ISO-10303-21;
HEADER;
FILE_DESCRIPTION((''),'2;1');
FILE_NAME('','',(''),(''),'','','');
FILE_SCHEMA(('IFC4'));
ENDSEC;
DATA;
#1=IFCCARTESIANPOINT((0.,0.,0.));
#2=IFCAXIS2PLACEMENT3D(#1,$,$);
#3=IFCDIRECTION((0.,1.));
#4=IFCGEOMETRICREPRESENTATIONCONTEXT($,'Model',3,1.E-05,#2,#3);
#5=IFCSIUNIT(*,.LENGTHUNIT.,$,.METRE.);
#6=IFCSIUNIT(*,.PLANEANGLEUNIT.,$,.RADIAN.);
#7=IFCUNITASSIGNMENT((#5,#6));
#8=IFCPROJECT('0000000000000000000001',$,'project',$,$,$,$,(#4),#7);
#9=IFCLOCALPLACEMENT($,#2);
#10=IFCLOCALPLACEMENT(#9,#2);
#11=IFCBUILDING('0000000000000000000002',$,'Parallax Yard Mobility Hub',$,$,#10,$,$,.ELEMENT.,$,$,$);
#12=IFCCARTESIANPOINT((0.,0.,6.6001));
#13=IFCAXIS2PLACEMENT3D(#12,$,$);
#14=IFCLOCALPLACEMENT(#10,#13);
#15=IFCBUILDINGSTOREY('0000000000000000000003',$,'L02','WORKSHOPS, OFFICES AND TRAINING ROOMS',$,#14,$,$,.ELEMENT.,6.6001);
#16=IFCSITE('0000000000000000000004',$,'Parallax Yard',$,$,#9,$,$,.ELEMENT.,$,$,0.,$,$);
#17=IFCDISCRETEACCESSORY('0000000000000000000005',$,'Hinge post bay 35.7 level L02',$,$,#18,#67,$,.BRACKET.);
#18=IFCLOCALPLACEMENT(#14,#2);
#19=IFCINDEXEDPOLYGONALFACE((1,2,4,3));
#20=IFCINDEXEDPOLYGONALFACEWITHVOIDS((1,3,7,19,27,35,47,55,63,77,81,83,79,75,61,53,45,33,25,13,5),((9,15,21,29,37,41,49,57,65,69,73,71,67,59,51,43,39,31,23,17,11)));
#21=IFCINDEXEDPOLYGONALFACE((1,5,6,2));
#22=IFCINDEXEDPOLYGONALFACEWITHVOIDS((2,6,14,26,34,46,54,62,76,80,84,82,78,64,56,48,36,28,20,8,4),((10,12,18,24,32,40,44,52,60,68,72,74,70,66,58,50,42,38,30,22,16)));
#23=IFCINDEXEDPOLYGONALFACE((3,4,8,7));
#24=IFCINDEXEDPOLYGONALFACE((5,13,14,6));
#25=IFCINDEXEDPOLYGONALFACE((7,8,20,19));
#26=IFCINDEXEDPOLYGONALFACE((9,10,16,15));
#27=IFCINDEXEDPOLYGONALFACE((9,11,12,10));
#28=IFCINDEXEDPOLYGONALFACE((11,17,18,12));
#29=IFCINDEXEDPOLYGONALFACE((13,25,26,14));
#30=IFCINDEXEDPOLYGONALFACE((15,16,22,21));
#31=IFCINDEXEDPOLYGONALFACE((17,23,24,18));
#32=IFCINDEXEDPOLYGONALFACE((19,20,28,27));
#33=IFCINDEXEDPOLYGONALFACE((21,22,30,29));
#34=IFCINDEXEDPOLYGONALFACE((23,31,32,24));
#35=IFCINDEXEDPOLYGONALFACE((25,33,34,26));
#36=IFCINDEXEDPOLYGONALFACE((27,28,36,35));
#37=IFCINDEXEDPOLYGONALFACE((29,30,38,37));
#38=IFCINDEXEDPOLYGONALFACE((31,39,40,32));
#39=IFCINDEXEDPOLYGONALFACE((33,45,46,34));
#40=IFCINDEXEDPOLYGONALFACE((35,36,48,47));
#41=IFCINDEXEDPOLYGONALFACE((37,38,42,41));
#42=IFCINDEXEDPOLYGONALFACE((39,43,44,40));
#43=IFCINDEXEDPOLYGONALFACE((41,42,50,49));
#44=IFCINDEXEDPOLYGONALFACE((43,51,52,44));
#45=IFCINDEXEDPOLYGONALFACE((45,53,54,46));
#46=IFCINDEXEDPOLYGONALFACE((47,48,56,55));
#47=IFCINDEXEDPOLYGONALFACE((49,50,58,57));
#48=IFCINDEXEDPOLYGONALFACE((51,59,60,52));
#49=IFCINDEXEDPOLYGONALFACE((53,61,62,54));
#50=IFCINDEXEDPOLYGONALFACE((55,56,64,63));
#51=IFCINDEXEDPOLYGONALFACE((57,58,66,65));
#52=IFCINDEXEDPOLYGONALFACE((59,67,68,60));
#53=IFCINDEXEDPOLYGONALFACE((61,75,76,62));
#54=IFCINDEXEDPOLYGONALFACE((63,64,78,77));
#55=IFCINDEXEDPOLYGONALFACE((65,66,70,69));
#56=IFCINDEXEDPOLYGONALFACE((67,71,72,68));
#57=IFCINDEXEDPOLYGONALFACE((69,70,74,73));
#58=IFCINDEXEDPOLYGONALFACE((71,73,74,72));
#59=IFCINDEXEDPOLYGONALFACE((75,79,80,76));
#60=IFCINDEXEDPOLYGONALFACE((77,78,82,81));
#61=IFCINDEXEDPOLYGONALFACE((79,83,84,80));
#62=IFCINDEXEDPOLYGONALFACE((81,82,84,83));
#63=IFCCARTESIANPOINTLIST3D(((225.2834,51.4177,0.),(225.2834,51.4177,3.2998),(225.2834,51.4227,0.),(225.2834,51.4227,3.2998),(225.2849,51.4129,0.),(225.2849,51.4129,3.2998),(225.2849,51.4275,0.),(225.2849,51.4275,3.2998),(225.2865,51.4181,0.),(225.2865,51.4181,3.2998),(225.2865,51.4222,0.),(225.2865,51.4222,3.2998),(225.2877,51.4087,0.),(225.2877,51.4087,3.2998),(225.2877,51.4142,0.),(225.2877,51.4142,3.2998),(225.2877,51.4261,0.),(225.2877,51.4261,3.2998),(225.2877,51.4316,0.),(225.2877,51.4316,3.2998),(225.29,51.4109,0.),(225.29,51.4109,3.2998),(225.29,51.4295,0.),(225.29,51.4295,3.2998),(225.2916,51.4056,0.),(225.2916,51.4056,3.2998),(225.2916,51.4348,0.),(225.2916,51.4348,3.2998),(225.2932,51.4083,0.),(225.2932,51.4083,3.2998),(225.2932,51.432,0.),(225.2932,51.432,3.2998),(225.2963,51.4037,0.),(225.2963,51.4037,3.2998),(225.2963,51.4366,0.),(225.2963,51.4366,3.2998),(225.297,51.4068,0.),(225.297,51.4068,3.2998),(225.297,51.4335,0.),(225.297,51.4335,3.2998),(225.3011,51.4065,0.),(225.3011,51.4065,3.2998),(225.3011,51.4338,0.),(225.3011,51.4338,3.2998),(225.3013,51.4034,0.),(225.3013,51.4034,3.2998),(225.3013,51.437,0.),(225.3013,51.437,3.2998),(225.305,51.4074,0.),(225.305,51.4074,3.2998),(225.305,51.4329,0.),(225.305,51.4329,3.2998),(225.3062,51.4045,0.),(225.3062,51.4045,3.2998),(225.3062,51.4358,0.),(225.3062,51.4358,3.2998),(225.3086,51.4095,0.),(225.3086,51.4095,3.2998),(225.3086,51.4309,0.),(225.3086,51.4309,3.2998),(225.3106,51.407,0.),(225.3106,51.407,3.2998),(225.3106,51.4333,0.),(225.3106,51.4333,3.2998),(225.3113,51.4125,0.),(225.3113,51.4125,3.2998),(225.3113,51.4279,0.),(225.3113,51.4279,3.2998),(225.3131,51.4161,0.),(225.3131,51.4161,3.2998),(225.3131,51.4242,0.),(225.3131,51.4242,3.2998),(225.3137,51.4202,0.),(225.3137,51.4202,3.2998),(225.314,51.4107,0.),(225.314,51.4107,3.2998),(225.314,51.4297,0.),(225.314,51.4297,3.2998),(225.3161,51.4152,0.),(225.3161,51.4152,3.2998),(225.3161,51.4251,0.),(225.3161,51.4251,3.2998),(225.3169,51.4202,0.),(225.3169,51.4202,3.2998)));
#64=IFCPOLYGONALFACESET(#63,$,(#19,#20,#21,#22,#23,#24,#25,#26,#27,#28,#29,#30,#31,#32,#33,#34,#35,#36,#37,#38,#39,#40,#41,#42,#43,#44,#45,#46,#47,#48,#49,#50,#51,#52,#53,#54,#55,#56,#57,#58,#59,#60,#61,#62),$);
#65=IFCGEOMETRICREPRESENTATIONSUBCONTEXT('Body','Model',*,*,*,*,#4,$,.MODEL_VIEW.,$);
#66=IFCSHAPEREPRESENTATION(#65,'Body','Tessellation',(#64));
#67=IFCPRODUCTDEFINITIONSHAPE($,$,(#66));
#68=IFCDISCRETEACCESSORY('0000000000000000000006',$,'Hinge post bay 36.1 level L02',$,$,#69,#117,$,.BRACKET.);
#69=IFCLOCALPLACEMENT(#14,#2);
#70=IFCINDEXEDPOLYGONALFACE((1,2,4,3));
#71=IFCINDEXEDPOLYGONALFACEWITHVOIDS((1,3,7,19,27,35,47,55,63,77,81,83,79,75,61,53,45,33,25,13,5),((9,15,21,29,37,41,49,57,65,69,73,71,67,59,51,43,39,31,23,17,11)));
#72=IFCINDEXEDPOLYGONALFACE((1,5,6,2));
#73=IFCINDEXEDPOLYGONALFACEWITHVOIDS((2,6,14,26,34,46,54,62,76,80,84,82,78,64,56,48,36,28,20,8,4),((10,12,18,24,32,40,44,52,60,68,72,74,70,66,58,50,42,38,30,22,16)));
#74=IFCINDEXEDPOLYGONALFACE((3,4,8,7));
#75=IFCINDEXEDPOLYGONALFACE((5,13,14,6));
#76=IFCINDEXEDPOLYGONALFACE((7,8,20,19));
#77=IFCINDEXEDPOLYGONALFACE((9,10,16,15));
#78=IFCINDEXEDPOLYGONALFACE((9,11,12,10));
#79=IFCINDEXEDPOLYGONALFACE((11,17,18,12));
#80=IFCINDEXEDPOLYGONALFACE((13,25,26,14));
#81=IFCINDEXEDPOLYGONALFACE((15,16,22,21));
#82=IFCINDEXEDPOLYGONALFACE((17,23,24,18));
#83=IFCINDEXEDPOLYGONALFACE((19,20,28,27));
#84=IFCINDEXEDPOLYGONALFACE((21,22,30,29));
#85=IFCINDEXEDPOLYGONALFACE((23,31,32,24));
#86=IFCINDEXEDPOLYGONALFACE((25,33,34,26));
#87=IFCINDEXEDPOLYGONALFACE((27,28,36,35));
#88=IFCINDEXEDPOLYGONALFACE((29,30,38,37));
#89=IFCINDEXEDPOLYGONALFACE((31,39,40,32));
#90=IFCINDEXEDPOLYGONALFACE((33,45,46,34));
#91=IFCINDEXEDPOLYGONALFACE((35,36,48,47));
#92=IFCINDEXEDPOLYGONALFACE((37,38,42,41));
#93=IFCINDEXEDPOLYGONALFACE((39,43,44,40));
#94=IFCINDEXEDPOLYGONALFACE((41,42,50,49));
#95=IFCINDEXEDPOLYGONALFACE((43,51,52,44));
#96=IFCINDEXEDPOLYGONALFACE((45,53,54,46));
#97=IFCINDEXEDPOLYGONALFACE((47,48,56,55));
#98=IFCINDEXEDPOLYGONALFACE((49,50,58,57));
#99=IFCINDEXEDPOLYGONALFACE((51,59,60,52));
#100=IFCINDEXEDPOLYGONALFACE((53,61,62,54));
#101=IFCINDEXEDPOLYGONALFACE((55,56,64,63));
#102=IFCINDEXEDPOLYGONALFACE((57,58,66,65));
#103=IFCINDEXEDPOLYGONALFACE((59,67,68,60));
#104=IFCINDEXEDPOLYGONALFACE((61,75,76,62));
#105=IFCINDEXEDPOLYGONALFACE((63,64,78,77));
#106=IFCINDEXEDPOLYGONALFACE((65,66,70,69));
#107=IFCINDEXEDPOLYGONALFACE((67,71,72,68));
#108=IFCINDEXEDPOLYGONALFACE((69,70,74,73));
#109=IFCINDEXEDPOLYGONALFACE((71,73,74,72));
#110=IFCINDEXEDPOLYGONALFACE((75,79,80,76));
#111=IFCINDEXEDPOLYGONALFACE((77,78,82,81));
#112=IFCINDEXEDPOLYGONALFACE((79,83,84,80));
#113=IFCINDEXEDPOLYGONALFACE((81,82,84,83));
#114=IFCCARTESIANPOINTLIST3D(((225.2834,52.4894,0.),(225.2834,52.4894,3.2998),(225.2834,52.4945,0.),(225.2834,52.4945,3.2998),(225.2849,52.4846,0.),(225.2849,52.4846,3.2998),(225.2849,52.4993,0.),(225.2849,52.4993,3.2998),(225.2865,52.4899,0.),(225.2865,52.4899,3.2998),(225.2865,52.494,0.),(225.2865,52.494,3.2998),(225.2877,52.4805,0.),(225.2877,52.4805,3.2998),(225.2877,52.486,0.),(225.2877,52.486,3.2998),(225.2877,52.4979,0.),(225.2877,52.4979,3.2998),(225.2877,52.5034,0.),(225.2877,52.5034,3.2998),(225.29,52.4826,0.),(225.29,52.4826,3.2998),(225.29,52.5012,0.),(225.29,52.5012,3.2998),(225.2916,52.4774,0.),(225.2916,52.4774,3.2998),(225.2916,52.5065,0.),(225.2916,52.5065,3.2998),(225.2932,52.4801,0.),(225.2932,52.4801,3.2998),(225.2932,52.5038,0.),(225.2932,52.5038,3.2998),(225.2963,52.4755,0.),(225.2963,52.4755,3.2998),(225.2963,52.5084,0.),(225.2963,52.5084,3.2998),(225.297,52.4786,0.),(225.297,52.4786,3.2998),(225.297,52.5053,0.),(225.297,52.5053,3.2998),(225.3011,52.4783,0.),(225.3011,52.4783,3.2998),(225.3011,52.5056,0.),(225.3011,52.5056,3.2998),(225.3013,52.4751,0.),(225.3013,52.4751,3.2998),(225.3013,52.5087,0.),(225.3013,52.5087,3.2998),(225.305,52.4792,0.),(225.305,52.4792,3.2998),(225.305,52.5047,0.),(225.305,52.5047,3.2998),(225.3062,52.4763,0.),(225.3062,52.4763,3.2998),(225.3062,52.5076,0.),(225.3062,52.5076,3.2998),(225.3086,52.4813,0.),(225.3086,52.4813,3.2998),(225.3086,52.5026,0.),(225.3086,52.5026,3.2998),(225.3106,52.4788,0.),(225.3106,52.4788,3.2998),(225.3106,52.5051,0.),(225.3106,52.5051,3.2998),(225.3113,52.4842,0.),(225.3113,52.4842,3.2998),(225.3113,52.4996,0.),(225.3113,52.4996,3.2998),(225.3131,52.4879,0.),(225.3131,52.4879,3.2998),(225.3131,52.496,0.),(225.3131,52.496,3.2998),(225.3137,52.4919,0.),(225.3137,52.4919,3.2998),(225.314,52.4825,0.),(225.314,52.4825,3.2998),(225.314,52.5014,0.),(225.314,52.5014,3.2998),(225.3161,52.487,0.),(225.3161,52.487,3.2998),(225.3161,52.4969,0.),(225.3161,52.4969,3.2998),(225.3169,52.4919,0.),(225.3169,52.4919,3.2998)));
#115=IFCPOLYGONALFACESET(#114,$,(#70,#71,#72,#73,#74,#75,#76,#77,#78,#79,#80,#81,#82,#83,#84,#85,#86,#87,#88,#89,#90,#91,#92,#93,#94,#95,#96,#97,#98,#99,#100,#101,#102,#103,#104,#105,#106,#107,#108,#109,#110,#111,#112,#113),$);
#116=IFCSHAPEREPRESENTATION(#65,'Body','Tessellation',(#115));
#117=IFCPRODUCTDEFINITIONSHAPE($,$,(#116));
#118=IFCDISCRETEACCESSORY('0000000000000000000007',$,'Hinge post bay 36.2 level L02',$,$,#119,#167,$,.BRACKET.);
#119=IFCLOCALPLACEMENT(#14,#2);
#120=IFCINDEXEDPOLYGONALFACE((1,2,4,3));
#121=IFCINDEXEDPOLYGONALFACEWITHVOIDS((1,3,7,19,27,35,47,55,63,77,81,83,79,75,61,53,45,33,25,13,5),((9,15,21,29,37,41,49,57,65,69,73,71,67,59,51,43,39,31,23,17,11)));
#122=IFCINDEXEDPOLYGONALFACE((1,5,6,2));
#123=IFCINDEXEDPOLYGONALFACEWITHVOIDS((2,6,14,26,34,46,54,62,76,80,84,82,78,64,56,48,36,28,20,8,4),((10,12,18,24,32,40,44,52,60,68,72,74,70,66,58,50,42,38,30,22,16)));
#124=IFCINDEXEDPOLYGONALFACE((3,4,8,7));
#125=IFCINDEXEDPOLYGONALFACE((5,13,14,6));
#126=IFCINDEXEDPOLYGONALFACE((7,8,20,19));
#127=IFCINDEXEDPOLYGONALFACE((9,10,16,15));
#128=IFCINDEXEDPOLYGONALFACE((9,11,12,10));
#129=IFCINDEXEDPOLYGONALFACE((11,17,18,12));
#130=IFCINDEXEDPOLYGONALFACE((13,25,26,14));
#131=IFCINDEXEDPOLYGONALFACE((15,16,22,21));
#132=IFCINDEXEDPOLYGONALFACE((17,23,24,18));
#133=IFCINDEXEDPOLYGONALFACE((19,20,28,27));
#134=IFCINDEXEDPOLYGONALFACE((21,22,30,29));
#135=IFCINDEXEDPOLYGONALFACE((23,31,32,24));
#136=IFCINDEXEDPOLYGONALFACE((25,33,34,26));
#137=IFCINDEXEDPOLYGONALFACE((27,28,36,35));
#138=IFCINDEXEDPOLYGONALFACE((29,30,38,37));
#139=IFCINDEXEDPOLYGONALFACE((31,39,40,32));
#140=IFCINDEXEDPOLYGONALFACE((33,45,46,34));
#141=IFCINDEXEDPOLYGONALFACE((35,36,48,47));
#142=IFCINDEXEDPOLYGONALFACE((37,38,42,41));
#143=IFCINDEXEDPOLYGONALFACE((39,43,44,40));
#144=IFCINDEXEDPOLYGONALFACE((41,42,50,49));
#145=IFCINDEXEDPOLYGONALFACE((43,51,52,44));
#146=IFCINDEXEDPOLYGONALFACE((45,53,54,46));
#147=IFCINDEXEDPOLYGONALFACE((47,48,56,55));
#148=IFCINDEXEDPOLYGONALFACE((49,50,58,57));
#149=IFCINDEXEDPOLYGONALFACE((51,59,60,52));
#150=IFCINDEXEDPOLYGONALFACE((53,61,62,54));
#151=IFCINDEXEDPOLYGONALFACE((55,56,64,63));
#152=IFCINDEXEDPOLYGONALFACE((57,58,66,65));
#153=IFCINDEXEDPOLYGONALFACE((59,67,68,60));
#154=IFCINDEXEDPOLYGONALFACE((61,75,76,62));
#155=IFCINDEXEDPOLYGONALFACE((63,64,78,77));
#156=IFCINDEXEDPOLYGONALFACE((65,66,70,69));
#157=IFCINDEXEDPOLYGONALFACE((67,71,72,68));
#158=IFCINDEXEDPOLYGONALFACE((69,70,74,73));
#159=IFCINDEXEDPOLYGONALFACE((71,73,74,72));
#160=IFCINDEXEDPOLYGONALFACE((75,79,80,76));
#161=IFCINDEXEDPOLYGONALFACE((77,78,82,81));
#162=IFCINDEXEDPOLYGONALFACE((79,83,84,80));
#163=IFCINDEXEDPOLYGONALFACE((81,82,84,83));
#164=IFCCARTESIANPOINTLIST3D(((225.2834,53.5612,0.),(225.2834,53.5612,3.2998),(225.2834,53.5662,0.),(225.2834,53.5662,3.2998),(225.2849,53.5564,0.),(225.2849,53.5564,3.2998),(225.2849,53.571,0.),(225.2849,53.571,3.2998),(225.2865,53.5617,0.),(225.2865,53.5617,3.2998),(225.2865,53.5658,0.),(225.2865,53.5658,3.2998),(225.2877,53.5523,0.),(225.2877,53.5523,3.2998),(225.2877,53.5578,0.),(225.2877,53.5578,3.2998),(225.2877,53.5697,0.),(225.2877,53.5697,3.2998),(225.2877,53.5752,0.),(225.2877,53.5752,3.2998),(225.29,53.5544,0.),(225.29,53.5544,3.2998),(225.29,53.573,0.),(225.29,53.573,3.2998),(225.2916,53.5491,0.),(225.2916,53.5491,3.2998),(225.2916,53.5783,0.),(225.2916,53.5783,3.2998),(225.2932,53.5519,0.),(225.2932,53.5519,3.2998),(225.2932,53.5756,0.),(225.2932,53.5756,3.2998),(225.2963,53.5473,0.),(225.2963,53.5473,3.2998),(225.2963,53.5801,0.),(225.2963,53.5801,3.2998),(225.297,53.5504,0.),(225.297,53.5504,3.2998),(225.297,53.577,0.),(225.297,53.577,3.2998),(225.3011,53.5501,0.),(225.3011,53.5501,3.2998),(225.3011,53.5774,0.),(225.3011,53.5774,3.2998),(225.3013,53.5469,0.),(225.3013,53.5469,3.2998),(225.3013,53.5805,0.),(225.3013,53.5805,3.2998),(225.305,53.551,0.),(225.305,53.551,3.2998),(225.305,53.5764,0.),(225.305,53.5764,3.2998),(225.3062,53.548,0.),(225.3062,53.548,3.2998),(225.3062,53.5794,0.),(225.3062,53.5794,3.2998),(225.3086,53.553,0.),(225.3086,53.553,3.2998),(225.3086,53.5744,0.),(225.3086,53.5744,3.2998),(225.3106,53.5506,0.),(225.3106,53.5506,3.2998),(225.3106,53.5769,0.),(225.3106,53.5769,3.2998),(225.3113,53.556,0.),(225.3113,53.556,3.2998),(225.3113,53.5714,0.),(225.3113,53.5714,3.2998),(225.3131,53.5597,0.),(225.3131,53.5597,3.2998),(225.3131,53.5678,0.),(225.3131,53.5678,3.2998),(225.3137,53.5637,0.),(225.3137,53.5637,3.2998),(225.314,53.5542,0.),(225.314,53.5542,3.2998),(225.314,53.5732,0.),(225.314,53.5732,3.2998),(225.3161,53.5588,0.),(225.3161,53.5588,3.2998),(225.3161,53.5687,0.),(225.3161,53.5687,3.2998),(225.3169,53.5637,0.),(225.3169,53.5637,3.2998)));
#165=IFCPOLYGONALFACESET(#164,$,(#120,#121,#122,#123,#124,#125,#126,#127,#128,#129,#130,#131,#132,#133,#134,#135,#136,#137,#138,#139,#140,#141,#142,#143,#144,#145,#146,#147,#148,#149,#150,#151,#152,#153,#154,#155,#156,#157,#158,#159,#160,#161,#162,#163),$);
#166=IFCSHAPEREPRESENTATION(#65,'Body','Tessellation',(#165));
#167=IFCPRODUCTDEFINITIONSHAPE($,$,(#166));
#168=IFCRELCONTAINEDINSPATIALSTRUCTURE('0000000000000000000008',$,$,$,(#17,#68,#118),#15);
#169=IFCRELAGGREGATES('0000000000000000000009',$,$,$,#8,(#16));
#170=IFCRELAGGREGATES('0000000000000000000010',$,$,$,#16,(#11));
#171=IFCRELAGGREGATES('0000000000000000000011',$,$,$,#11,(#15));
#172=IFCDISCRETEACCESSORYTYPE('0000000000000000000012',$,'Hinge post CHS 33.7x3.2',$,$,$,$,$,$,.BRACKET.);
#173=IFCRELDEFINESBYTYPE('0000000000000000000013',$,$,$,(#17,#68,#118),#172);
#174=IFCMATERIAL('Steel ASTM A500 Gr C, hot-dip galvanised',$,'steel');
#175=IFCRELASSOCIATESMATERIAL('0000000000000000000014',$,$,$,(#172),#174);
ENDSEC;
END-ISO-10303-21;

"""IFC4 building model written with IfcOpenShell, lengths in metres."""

from ifc_helpers import new_model, si_unit, direction, frame, origin, origin_2d, place, context, subcontext, project, spatial, hollow_circle, extrude, material, material_profile, profile_set, type_object, element, save


model = new_model("IFC4")

# Units and contexts
model_context = context("Model", 3, precision=1e-05, world=origin(), true_north=direction((0.0, 1.0)))
body_context = subcontext(model_context, "Body", "Model", "MODEL_VIEW")
ifc_project = project(units=[si_unit("LENGTHUNIT", "METRE"), si_unit("PLANEANGLEUNIT", "RADIAN")], contexts=[model_context])

# Site, building, storey
site_placement = place(None, origin())
site = spatial("IfcSite", under=ifc_project, at=site_placement, Name="Parallax Yard", CompositionType="ELEMENT", RefElevation=0.0)
building_placement = place(site_placement, origin())
building = spatial("IfcBuilding", under=site, at=building_placement, Name="Parallax Yard Mobility Hub", CompositionType="ELEMENT")
storey_placement = place(building_placement, frame((0.0, 0.0, 6.6001)))
storey = spatial("IfcBuildingStorey", under=building, at=storey_placement, Name="L02", Description="WORKSHOPS, OFFICES AND TRAINING ROOMS", CompositionType="ELEMENT", Elevation=6.6001)

# Discrete accessories
ifc_material_1 = material(Name="Steel ASTM A500 Gr C, hot-dip galvanised", Category="steel")
ifc_material_profile_1 = material_profile(ifc_material_1, hollow_circle(Radius=0.0168, WallThickness=0.0032, at=origin_2d()), Name="CHS 33.7x3.2")
ifc_profile_set_1 = profile_set([ifc_material_profile_1], Name="Steel ASTM A500 Gr C, hot-dip galvanised")
discrete_accessory_type_1 = type_object("IfcDiscreteAccessoryType", Name="Hinge post CHS 33.7x3.2", PredefinedType="BRACKET", material=ifc_profile_set_1)
for number, where, z_axis, x_axis, name in (
    (1, (225.3, 51.4202, 0.0), (0.0, 0.0, 1.0), (1.0, 0.0, 0.0), "Hinge post bay 35.7 level L02"),
    (2, (225.3, 52.4919, 0.0), (0.0, 0.0, 1.0), (1.0, 0.0, 0.0), "Hinge post bay 36.1 level L02"),
    (3, (225.3, 53.5637, 0.0), (0.0, 0.0, 1.0), (1.0, 0.0, 0.0), "Hinge post bay 36.2 level L02"),
):
    element("IfcDiscreteAccessory", number, at=place(storey_placement, frame(where, z_axis=z_axis, x_axis=x_axis)), inside=storey, type_object=discrete_accessory_type_1, Name=name, PredefinedType="BRACKET", context=body_context, shape_type="SweptSolid", body=[
        extrude(hollow_circle(Radius=0.0168, WallThickness=0.0032, at=origin_2d()), origin(), (0.0, 0.0, 1.0), 3.2998),
    ])

save(model, "model.ifc")
